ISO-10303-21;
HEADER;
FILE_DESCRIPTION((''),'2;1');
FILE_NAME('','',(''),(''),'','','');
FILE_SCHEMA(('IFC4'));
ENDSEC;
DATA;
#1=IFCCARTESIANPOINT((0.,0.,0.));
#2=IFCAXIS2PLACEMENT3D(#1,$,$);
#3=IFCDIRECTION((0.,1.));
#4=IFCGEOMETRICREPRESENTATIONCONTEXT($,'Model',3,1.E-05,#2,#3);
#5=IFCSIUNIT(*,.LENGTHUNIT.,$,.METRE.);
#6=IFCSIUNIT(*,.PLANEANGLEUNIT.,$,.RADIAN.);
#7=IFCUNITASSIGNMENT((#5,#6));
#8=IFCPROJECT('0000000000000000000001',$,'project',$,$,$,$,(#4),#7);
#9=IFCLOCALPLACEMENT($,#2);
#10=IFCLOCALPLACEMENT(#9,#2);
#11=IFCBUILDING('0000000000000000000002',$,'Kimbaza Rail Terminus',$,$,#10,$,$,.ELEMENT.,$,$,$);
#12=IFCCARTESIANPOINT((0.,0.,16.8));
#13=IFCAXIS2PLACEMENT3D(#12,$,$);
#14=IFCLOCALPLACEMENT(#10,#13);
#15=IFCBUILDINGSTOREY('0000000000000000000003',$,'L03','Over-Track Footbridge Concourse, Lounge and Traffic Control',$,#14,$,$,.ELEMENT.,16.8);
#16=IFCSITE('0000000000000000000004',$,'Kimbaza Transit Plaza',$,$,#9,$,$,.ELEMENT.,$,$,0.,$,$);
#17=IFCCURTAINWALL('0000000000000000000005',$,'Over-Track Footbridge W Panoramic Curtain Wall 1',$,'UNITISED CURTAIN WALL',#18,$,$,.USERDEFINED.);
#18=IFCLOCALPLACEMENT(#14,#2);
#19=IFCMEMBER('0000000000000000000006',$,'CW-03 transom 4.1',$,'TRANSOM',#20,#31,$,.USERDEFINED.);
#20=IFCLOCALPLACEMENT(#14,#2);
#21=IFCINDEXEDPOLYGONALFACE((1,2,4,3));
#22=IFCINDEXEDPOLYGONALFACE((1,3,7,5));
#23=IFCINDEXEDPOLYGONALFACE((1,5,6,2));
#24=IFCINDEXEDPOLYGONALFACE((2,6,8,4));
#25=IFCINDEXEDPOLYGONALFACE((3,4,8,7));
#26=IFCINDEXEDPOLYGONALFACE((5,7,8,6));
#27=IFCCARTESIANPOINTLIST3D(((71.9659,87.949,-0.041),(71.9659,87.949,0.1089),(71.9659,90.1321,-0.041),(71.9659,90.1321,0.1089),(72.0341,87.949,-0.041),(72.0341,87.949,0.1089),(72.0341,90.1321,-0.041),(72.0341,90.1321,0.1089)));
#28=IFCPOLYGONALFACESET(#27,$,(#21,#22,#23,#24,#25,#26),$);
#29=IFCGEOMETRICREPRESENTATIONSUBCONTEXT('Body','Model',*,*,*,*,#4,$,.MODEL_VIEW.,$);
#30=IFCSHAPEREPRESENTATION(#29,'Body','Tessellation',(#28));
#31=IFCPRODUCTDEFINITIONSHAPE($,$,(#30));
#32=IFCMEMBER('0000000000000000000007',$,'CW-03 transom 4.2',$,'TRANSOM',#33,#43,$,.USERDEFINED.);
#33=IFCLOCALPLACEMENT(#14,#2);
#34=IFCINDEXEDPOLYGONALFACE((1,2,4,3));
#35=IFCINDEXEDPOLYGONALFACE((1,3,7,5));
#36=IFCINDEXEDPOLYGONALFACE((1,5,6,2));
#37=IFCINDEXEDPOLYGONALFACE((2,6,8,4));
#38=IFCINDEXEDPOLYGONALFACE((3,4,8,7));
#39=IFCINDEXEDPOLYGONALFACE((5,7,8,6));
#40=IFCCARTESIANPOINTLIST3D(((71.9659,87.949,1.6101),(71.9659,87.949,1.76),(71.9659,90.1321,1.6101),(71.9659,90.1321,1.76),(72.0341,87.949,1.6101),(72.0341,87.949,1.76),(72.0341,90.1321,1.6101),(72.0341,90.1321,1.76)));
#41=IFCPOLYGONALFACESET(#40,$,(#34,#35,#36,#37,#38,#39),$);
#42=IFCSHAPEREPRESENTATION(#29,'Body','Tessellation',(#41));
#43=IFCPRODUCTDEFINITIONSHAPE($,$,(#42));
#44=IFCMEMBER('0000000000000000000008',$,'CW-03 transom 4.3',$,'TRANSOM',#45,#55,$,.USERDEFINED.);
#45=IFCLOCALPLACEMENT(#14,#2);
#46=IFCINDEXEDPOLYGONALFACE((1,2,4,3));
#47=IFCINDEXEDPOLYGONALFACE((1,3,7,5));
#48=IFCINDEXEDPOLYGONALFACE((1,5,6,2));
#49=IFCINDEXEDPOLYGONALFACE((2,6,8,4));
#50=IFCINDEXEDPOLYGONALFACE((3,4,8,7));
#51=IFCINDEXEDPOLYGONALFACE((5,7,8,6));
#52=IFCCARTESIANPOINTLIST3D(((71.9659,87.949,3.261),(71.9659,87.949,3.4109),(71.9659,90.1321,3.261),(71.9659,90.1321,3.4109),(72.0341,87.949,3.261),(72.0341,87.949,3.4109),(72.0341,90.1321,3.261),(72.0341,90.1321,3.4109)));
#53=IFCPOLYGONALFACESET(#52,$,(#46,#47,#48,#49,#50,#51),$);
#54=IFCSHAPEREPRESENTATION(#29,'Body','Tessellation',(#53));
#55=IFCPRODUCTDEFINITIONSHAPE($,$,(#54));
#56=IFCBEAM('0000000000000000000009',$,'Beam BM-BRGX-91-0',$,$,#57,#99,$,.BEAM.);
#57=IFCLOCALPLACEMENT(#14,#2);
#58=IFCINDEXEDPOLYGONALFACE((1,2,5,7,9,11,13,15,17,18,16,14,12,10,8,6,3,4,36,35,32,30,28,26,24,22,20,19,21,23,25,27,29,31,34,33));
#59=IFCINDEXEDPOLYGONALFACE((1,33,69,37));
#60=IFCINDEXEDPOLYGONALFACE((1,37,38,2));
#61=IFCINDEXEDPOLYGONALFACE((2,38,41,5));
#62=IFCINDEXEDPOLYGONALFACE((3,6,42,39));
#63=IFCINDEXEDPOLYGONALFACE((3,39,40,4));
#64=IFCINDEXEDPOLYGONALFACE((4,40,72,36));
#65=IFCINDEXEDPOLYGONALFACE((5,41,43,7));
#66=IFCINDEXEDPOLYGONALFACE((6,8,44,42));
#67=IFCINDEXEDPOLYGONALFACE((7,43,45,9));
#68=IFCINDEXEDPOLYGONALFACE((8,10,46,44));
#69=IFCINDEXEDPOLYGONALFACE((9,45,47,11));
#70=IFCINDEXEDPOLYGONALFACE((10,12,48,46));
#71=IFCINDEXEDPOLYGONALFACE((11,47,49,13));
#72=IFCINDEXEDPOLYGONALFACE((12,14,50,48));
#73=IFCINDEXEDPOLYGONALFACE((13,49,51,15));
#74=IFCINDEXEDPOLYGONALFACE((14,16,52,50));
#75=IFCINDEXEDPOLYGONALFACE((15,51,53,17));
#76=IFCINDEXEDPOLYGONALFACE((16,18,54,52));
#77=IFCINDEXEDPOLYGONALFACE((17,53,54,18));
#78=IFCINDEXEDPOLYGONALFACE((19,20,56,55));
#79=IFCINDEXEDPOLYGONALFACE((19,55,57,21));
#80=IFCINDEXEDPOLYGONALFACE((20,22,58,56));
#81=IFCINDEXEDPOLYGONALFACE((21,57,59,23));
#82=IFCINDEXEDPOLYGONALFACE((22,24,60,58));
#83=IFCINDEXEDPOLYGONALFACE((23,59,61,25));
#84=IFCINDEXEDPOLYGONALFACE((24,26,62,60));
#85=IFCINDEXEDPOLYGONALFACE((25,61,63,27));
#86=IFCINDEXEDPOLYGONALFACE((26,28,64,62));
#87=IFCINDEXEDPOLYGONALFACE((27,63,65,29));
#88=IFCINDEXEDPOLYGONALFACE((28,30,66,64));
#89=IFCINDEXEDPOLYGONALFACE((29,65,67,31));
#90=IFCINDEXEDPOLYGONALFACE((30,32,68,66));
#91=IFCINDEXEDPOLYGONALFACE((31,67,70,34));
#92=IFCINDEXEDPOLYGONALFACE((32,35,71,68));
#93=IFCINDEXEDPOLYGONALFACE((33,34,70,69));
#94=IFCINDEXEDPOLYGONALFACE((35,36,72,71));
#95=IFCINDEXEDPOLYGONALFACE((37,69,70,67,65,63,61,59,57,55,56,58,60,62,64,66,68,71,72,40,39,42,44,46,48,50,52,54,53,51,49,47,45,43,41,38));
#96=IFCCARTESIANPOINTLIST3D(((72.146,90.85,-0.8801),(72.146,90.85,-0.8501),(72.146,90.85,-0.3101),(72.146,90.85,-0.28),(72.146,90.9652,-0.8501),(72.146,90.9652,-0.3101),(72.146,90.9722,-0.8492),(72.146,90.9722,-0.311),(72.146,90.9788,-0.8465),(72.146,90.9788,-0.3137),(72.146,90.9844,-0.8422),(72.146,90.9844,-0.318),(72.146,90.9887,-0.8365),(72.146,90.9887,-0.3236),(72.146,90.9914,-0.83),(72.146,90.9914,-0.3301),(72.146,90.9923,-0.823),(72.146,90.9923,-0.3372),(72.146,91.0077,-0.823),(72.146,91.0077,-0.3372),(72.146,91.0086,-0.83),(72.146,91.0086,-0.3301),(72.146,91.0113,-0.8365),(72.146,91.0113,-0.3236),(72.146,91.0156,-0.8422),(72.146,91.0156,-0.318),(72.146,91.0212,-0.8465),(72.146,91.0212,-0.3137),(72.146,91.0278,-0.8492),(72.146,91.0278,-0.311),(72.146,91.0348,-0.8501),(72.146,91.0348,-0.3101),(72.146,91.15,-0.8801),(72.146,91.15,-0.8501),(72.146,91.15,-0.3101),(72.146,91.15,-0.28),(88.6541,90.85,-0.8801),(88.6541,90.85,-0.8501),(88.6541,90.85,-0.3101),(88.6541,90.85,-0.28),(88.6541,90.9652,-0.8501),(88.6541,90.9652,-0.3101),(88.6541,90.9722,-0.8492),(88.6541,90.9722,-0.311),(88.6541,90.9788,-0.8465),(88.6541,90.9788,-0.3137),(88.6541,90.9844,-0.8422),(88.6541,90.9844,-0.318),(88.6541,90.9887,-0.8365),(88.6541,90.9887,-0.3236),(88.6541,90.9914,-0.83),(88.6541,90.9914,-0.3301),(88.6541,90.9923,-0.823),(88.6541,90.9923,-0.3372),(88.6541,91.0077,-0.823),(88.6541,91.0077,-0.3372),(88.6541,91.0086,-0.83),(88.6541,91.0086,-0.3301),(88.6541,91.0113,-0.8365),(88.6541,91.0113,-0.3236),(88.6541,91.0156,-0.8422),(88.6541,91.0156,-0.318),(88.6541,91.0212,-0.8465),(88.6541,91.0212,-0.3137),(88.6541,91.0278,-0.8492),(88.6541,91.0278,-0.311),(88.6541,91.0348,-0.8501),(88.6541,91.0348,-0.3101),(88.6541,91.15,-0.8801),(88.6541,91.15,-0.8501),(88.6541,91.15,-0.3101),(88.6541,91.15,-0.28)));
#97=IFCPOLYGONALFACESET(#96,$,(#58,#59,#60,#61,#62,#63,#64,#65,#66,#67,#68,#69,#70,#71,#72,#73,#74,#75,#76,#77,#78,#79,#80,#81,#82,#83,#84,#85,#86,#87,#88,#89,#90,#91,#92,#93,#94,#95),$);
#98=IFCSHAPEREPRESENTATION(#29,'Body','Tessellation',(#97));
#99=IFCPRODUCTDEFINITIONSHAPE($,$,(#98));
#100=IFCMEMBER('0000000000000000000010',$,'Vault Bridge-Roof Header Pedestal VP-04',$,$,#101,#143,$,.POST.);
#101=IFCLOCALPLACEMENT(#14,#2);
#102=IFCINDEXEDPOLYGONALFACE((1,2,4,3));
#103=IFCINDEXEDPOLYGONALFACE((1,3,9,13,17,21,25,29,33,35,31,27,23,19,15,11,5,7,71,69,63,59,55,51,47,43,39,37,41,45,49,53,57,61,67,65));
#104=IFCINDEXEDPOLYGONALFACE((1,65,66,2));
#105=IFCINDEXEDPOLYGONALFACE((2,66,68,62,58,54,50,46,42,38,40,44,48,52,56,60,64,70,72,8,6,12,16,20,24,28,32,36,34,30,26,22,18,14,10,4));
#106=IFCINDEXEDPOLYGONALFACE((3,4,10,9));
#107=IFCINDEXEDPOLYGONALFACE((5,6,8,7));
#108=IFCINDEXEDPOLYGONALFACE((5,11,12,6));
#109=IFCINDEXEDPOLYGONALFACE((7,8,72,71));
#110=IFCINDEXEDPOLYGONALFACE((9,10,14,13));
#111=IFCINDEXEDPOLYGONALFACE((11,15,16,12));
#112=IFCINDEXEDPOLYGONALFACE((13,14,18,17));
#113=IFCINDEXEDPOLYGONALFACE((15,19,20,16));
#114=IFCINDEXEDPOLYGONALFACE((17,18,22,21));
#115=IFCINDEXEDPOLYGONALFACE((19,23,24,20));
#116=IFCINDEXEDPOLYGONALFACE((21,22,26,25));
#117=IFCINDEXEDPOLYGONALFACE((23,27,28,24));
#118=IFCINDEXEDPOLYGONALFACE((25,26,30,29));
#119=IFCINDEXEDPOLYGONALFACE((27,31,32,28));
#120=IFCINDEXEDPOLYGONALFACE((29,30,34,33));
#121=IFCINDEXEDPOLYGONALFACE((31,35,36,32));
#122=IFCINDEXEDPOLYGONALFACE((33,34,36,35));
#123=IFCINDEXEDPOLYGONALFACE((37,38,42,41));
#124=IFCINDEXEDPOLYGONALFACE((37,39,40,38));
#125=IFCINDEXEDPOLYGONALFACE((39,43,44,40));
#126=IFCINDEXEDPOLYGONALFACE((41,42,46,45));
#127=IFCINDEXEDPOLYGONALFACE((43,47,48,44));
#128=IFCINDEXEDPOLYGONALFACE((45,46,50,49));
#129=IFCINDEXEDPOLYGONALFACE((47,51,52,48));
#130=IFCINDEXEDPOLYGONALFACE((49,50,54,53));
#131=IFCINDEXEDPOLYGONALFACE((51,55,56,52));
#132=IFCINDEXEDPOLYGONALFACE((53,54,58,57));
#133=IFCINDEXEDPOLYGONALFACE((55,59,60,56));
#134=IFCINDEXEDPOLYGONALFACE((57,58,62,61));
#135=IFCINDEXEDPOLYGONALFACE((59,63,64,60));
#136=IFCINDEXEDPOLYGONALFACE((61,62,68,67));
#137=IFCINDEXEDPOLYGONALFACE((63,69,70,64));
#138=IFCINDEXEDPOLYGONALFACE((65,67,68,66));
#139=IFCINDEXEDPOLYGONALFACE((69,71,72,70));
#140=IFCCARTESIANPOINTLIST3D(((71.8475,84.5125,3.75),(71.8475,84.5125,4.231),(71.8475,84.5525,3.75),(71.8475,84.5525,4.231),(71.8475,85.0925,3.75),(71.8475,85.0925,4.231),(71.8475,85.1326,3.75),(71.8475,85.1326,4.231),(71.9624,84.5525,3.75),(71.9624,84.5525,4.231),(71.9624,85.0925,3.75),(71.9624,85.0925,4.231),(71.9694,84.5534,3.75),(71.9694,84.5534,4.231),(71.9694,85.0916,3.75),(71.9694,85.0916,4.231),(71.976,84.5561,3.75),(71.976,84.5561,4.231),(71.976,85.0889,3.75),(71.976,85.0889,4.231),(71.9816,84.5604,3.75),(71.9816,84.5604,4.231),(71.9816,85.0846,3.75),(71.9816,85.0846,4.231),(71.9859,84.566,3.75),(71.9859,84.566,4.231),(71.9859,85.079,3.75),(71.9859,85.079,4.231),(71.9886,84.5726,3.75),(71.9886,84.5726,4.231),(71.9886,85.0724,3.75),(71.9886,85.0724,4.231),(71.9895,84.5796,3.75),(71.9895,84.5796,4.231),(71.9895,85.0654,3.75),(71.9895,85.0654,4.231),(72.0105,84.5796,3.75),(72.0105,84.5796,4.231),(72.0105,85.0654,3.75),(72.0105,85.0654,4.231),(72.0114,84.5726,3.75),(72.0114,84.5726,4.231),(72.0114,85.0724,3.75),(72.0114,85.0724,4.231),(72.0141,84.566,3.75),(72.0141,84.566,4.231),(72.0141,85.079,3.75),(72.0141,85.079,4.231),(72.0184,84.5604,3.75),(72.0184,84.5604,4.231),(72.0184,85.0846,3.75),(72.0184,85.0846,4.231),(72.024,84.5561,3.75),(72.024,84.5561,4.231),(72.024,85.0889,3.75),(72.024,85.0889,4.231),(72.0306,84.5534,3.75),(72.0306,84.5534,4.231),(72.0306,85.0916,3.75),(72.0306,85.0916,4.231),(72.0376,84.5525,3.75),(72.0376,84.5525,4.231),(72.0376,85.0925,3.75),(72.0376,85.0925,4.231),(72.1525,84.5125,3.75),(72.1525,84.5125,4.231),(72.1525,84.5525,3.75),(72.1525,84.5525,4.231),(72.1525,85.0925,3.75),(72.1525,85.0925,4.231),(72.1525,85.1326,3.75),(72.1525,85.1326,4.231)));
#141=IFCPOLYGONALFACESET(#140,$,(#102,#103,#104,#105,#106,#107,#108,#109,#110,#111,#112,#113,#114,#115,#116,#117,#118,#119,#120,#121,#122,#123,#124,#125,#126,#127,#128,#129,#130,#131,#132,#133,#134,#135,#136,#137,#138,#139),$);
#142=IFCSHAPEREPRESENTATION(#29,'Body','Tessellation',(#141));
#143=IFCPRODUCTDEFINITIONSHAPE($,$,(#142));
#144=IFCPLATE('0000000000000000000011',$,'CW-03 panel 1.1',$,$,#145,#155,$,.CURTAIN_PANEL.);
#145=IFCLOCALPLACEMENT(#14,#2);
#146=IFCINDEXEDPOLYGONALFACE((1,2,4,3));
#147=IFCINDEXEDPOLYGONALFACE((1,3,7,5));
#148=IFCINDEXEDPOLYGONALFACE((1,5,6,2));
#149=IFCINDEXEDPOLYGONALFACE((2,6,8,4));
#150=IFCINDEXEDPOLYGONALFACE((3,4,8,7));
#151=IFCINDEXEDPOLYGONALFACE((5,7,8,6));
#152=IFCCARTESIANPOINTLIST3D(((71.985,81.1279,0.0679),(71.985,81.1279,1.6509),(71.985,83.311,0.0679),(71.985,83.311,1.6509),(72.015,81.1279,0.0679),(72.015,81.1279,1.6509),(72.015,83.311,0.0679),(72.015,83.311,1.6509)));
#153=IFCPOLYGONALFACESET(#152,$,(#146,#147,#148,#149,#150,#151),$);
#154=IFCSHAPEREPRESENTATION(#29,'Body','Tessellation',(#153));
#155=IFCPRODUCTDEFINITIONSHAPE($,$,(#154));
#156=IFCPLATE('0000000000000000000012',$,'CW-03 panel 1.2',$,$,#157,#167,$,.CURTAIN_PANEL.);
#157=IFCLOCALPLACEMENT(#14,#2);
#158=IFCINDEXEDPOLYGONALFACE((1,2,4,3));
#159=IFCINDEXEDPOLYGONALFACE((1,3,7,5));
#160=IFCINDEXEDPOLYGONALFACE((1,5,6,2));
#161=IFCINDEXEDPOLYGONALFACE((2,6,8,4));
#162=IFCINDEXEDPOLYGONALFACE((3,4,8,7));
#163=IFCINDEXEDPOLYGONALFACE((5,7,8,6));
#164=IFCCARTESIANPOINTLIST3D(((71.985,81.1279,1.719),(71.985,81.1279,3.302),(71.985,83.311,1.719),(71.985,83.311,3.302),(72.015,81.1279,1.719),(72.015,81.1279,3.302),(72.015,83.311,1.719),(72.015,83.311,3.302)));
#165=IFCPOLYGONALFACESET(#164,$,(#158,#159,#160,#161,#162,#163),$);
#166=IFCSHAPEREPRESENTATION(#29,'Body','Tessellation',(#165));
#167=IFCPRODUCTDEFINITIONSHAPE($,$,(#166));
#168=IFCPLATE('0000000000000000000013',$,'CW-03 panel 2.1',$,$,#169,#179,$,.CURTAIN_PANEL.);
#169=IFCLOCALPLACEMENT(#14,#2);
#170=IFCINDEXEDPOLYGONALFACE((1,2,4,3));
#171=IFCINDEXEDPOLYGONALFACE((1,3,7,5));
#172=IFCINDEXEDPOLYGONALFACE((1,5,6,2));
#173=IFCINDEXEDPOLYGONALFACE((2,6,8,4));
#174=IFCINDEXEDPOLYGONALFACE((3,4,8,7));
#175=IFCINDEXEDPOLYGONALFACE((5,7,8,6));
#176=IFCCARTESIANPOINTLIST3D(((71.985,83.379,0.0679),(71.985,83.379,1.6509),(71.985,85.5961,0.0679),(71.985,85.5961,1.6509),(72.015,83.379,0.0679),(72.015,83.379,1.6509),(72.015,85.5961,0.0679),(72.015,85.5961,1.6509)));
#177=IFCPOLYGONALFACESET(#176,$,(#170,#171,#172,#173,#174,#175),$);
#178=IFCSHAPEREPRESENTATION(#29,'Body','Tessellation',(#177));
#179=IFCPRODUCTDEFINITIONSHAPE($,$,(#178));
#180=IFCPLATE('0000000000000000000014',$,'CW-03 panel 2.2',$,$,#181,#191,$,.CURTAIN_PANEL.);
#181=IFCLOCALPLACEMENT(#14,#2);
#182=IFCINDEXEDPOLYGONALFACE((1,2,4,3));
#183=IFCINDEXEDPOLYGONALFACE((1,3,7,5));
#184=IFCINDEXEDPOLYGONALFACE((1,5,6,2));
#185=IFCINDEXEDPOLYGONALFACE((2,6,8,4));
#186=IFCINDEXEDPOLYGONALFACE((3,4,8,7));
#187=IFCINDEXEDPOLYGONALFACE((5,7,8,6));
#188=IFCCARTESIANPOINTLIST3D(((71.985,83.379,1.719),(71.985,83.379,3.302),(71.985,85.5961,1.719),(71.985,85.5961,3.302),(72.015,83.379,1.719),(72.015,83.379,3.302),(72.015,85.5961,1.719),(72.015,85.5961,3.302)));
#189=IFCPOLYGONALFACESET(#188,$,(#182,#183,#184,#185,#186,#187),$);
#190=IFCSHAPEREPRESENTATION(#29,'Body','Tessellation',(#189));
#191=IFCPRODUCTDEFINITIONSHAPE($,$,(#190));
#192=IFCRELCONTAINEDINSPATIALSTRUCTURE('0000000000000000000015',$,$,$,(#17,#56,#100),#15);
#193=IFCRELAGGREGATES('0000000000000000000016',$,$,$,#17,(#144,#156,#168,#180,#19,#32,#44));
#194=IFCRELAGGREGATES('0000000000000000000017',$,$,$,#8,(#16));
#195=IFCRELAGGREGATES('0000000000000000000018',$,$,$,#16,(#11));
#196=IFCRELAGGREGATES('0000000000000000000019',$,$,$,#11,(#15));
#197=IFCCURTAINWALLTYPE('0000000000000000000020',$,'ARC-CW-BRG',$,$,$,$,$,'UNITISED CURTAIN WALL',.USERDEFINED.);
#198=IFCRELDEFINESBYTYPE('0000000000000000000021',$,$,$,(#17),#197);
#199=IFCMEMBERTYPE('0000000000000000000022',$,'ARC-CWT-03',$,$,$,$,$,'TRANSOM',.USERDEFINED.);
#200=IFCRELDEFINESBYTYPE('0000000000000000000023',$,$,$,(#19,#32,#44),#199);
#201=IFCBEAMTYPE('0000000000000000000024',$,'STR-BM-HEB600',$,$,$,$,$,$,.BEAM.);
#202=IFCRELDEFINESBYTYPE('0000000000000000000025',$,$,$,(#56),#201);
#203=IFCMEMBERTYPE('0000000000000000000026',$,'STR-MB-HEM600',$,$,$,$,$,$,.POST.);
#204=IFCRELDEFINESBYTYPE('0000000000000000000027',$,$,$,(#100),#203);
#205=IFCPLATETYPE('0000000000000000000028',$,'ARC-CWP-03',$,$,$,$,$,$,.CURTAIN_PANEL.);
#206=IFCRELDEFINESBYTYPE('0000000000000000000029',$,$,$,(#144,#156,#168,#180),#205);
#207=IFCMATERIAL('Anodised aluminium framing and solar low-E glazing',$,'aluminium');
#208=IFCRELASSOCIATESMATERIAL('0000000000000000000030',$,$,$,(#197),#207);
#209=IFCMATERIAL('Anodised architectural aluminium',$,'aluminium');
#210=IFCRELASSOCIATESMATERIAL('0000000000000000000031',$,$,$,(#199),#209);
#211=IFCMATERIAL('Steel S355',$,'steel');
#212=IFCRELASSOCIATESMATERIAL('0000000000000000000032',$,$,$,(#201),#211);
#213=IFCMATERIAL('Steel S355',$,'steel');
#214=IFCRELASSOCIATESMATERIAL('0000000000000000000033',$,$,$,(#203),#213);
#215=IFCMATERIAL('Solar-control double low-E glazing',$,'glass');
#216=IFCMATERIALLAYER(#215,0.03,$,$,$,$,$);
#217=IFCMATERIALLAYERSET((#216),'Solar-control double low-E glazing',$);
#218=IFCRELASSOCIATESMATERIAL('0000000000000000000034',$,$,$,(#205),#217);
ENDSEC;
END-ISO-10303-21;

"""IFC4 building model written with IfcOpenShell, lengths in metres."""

from ifc_helpers import new_model, si_unit, direction, frame, origin, origin_2d, place, context, subcontext, project, spatial, rectangle, i_section, extrude, material, layer, layer_set, material_profile, profile_set, type_object, element, aggregate, save


model = new_model("IFC4")

# Units and contexts
model_context = context("Model", 3, precision=1e-05, world=origin(), true_north=direction((0.0, 1.0)))
body_context = subcontext(model_context, "Body", "Model", "MODEL_VIEW")
ifc_project = project(units=[si_unit("LENGTHUNIT", "METRE"), si_unit("PLANEANGLEUNIT", "RADIAN")], contexts=[model_context])

# Site, building, storey
site_placement = place(None, origin())
site = spatial("IfcSite", under=ifc_project, at=site_placement, Name="Kimbaza Transit Plaza", CompositionType="ELEMENT", RefElevation=0.0)
building_placement = place(site_placement, origin())
building = spatial("IfcBuilding", under=site, at=building_placement, Name="Kimbaza Rail Terminus", CompositionType="ELEMENT")
storey_placement = place(building_placement, frame((0.0, 0.0, 16.8)))
storey = spatial("IfcBuildingStorey", under=building, at=storey_placement, Name="L03", Description="Over-Track Footbridge Concourse, Lounge and Traffic Control", CompositionType="ELEMENT", Elevation=16.8)

# Curtain wall, members
ifc_material_1 = material(Name="Anodised aluminium framing and solar low-E glazing", Category="aluminium")
curtain_wall_type = type_object("IfcCurtainWallType", Name="ARC-CW-BRG", ElementType="UNITISED CURTAIN WALL", PredefinedType="USERDEFINED", material=ifc_material_1)
curtain_wall_placement = place(storey_placement, origin())
curtain_wall = element("IfcCurtainWall", 1, at=curtain_wall_placement, inside=storey, type_object=curtain_wall_type, Name="Over-Track Footbridge W Panoramic Curtain Wall 1", ObjectType="UNITISED CURTAIN WALL", PredefinedType="USERDEFINED")
ifc_material_2 = material(Name="Anodised architectural aluminium", Category="aluminium")
ifc_material_profile_1 = material_profile(ifc_material_2, rectangle(XDim=0.0681, YDim=0.1499, at=origin_2d()), Name="TRANSOM 68x150")
ifc_profile_set_1 = profile_set([ifc_material_profile_1], Name="Anodised architectural aluminium")
member_type_1 = type_object("IfcMemberType", Name="ARC-CWT-03", ElementType="TRANSOM", PredefinedType="USERDEFINED", material=ifc_profile_set_1)
member_1_placement = place(storey_placement, frame((72.0, 87.949, 0.0339), z_axis=(0.0, 1.0, 0.0), x_axis=(-1.0, 0.0, 0.0)))
member_1 = element("IfcMember", 2, at=member_1_placement, type_object=member_type_1, Name="CW-03 transom 4.1", ObjectType="TRANSOM", PredefinedType="USERDEFINED", context=body_context, shape_type="SweptSolid", body=[
    extrude(rectangle(XDim=0.0681, YDim=0.1499, at=origin_2d()), origin(), (0.0, 0.0, 1.0), 2.1831),
])
member_2_placement = place(storey_placement, frame((72.0, 87.949, 1.6851), z_axis=(0.0, 1.0, 0.0), x_axis=(-1.0, 0.0, 0.0)))
member_2 = element("IfcMember", 3, at=member_2_placement, type_object=member_type_1, Name="CW-03 transom 4.2", ObjectType="TRANSOM", PredefinedType="USERDEFINED", context=body_context, shape_type="SweptSolid", body=[
    extrude(rectangle(XDim=0.0681, YDim=0.1499, at=origin_2d()), origin(), (0.0, 0.0, 1.0), 2.1831),
])
member_3_placement = place(storey_placement, frame((72.0, 87.949, 3.3359), z_axis=(0.0, 1.0, 0.0), x_axis=(-1.0, 0.0, 0.0)))
member_3 = element("IfcMember", 4, at=member_3_placement, type_object=member_type_1, Name="CW-03 transom 4.3", ObjectType="TRANSOM", PredefinedType="USERDEFINED", context=body_context, shape_type="SweptSolid", body=[
    extrude(rectangle(XDim=0.0681, YDim=0.1499, at=origin_2d()), origin(), (0.0, 0.0, 1.0), 2.1831),
])

# Beam
ifc_material_3 = material(Name="Steel S355", Category="steel")
ifc_material_profile_2 = material_profile(ifc_material_3, i_section(OverallWidth=0.3, OverallDepth=0.6001, WebThickness=0.0154, FlangeThickness=0.03, FilletRadius=0.0271, at=origin_2d()), Name="HEB 600")
ifc_profile_set_2 = profile_set([ifc_material_profile_2], Name="Steel S355")
beam_type = type_object("IfcBeamType", Name="STR-BM-HEB600", PredefinedType="BEAM", material=ifc_profile_set_2)
beam_placement = place(storey_placement, frame((72.146, 91.0, -0.5801), z_axis=(1.0, 0.0, 0.0), x_axis=(0.0, 1.0, 0.0)))
element("IfcBeam", 5, at=beam_placement, inside=storey, type_object=beam_type, Name="Beam BM-BRGX-91-0", PredefinedType="BEAM", context=body_context, shape_type="SweptSolid", body=[
    extrude(i_section(OverallWidth=0.3, OverallDepth=0.6001, WebThickness=0.0154, FlangeThickness=0.03, FilletRadius=0.0271, at=origin_2d()), origin(), (0.0, 0.0, 1.0), 16.5081),
])

# Member
ifc_material_4 = material(Name="Steel S355", Category="steel")
ifc_material_profile_3 = material_profile(ifc_material_4, i_section(OverallWidth=0.3049, OverallDepth=0.6201, WebThickness=0.021, FlangeThickness=0.04, FilletRadius=0.0271, at=origin_2d()), Name="HEM 600")
ifc_profile_set_3 = profile_set([ifc_material_profile_3], Name="Steel S355")
member_type_2 = type_object("IfcMemberType", Name="STR-MB-HEM600", PredefinedType="POST", material=ifc_profile_set_3)
member_4_placement = place(storey_placement, frame((72.0, 84.8225, 3.75), z_axis=(0.0, 0.0, 1.0), x_axis=(1.0, 0.0, 0.0)))
element("IfcMember", 6, at=member_4_placement, inside=storey, type_object=member_type_2, Name="Vault Bridge-Roof Header Pedestal VP-04", PredefinedType="POST", context=body_context, shape_type="SweptSolid", body=[
    extrude(i_section(OverallWidth=0.3049, OverallDepth=0.6201, WebThickness=0.021, FlangeThickness=0.04, FilletRadius=0.0271, at=origin_2d()), origin(), (0.0, 0.0, 1.0), 0.481),
])

# Plates
ifc_material_5 = material(Name="Solar-control double low-E glazing", Category="glass")
ifc_layer_1 = layer(ifc_material_5, 0.03)
ifc_layer_set_1 = layer_set([ifc_layer_1], Name="Solar-control double low-E glazing")
plate_type = type_object("IfcPlateType", Name="ARC-CWP-03", PredefinedType="CURTAIN_PANEL", material=ifc_layer_set_1)
plate_1_placement = place(storey_placement, frame((72.0, 82.2195, 0.0679), z_axis=(0.0, 0.0, 1.0), x_axis=(0.0, 1.0, 0.0)))
plate_1 = element("IfcPlate", 7, at=plate_1_placement, type_object=plate_type, Name="CW-03 panel 1.1", PredefinedType="CURTAIN_PANEL", context=body_context, shape_type="SweptSolid", body=[
    extrude(rectangle(XDim=2.1831, YDim=0.03, at=origin_2d()), origin(), (0.0, 0.0, 1.0), 1.583),
])
plate_2_placement = place(storey_placement, frame((72.0, 82.2195, 1.719), z_axis=(0.0, 0.0, 1.0), x_axis=(0.0, 1.0, 0.0)))
plate_2 = element("IfcPlate", 8, at=plate_2_placement, type_object=plate_type, Name="CW-03 panel 1.2", PredefinedType="CURTAIN_PANEL", context=body_context, shape_type="SweptSolid", body=[
    extrude(rectangle(XDim=2.1831, YDim=0.03, at=origin_2d()), origin(), (0.0, 0.0, 1.0), 1.583),
])
plate_3_placement = place(storey_placement, frame((72.0, 84.4875, 0.0679), z_axis=(0.0, 0.0, 1.0), x_axis=(0.0, 1.0, 0.0)))
plate_3 = element("IfcPlate", 9, at=plate_3_placement, type_object=plate_type, Name="CW-03 panel 2.1", PredefinedType="CURTAIN_PANEL", context=body_context, shape_type="SweptSolid", body=[
    extrude(rectangle(XDim=2.217, YDim=0.03, at=origin_2d()), origin(), (0.0, 0.0, 1.0), 1.583),
])
plate_4_placement = place(storey_placement, frame((72.0, 84.4875, 1.719), z_axis=(0.0, 0.0, 1.0), x_axis=(0.0, 1.0, 0.0)))
plate_4 = element("IfcPlate", 10, at=plate_4_placement, type_object=plate_type, Name="CW-03 panel 2.2", PredefinedType="CURTAIN_PANEL", context=body_context, shape_type="SweptSolid", body=[
    extrude(rectangle(XDim=2.217, YDim=0.03, at=origin_2d()), origin(), (0.0, 0.0, 1.0), 1.583),
])
aggregate(curtain_wall, [plate_1, plate_2, plate_3, plate_4, member_1, member_2, member_3])

save(model, "model.ifc")
